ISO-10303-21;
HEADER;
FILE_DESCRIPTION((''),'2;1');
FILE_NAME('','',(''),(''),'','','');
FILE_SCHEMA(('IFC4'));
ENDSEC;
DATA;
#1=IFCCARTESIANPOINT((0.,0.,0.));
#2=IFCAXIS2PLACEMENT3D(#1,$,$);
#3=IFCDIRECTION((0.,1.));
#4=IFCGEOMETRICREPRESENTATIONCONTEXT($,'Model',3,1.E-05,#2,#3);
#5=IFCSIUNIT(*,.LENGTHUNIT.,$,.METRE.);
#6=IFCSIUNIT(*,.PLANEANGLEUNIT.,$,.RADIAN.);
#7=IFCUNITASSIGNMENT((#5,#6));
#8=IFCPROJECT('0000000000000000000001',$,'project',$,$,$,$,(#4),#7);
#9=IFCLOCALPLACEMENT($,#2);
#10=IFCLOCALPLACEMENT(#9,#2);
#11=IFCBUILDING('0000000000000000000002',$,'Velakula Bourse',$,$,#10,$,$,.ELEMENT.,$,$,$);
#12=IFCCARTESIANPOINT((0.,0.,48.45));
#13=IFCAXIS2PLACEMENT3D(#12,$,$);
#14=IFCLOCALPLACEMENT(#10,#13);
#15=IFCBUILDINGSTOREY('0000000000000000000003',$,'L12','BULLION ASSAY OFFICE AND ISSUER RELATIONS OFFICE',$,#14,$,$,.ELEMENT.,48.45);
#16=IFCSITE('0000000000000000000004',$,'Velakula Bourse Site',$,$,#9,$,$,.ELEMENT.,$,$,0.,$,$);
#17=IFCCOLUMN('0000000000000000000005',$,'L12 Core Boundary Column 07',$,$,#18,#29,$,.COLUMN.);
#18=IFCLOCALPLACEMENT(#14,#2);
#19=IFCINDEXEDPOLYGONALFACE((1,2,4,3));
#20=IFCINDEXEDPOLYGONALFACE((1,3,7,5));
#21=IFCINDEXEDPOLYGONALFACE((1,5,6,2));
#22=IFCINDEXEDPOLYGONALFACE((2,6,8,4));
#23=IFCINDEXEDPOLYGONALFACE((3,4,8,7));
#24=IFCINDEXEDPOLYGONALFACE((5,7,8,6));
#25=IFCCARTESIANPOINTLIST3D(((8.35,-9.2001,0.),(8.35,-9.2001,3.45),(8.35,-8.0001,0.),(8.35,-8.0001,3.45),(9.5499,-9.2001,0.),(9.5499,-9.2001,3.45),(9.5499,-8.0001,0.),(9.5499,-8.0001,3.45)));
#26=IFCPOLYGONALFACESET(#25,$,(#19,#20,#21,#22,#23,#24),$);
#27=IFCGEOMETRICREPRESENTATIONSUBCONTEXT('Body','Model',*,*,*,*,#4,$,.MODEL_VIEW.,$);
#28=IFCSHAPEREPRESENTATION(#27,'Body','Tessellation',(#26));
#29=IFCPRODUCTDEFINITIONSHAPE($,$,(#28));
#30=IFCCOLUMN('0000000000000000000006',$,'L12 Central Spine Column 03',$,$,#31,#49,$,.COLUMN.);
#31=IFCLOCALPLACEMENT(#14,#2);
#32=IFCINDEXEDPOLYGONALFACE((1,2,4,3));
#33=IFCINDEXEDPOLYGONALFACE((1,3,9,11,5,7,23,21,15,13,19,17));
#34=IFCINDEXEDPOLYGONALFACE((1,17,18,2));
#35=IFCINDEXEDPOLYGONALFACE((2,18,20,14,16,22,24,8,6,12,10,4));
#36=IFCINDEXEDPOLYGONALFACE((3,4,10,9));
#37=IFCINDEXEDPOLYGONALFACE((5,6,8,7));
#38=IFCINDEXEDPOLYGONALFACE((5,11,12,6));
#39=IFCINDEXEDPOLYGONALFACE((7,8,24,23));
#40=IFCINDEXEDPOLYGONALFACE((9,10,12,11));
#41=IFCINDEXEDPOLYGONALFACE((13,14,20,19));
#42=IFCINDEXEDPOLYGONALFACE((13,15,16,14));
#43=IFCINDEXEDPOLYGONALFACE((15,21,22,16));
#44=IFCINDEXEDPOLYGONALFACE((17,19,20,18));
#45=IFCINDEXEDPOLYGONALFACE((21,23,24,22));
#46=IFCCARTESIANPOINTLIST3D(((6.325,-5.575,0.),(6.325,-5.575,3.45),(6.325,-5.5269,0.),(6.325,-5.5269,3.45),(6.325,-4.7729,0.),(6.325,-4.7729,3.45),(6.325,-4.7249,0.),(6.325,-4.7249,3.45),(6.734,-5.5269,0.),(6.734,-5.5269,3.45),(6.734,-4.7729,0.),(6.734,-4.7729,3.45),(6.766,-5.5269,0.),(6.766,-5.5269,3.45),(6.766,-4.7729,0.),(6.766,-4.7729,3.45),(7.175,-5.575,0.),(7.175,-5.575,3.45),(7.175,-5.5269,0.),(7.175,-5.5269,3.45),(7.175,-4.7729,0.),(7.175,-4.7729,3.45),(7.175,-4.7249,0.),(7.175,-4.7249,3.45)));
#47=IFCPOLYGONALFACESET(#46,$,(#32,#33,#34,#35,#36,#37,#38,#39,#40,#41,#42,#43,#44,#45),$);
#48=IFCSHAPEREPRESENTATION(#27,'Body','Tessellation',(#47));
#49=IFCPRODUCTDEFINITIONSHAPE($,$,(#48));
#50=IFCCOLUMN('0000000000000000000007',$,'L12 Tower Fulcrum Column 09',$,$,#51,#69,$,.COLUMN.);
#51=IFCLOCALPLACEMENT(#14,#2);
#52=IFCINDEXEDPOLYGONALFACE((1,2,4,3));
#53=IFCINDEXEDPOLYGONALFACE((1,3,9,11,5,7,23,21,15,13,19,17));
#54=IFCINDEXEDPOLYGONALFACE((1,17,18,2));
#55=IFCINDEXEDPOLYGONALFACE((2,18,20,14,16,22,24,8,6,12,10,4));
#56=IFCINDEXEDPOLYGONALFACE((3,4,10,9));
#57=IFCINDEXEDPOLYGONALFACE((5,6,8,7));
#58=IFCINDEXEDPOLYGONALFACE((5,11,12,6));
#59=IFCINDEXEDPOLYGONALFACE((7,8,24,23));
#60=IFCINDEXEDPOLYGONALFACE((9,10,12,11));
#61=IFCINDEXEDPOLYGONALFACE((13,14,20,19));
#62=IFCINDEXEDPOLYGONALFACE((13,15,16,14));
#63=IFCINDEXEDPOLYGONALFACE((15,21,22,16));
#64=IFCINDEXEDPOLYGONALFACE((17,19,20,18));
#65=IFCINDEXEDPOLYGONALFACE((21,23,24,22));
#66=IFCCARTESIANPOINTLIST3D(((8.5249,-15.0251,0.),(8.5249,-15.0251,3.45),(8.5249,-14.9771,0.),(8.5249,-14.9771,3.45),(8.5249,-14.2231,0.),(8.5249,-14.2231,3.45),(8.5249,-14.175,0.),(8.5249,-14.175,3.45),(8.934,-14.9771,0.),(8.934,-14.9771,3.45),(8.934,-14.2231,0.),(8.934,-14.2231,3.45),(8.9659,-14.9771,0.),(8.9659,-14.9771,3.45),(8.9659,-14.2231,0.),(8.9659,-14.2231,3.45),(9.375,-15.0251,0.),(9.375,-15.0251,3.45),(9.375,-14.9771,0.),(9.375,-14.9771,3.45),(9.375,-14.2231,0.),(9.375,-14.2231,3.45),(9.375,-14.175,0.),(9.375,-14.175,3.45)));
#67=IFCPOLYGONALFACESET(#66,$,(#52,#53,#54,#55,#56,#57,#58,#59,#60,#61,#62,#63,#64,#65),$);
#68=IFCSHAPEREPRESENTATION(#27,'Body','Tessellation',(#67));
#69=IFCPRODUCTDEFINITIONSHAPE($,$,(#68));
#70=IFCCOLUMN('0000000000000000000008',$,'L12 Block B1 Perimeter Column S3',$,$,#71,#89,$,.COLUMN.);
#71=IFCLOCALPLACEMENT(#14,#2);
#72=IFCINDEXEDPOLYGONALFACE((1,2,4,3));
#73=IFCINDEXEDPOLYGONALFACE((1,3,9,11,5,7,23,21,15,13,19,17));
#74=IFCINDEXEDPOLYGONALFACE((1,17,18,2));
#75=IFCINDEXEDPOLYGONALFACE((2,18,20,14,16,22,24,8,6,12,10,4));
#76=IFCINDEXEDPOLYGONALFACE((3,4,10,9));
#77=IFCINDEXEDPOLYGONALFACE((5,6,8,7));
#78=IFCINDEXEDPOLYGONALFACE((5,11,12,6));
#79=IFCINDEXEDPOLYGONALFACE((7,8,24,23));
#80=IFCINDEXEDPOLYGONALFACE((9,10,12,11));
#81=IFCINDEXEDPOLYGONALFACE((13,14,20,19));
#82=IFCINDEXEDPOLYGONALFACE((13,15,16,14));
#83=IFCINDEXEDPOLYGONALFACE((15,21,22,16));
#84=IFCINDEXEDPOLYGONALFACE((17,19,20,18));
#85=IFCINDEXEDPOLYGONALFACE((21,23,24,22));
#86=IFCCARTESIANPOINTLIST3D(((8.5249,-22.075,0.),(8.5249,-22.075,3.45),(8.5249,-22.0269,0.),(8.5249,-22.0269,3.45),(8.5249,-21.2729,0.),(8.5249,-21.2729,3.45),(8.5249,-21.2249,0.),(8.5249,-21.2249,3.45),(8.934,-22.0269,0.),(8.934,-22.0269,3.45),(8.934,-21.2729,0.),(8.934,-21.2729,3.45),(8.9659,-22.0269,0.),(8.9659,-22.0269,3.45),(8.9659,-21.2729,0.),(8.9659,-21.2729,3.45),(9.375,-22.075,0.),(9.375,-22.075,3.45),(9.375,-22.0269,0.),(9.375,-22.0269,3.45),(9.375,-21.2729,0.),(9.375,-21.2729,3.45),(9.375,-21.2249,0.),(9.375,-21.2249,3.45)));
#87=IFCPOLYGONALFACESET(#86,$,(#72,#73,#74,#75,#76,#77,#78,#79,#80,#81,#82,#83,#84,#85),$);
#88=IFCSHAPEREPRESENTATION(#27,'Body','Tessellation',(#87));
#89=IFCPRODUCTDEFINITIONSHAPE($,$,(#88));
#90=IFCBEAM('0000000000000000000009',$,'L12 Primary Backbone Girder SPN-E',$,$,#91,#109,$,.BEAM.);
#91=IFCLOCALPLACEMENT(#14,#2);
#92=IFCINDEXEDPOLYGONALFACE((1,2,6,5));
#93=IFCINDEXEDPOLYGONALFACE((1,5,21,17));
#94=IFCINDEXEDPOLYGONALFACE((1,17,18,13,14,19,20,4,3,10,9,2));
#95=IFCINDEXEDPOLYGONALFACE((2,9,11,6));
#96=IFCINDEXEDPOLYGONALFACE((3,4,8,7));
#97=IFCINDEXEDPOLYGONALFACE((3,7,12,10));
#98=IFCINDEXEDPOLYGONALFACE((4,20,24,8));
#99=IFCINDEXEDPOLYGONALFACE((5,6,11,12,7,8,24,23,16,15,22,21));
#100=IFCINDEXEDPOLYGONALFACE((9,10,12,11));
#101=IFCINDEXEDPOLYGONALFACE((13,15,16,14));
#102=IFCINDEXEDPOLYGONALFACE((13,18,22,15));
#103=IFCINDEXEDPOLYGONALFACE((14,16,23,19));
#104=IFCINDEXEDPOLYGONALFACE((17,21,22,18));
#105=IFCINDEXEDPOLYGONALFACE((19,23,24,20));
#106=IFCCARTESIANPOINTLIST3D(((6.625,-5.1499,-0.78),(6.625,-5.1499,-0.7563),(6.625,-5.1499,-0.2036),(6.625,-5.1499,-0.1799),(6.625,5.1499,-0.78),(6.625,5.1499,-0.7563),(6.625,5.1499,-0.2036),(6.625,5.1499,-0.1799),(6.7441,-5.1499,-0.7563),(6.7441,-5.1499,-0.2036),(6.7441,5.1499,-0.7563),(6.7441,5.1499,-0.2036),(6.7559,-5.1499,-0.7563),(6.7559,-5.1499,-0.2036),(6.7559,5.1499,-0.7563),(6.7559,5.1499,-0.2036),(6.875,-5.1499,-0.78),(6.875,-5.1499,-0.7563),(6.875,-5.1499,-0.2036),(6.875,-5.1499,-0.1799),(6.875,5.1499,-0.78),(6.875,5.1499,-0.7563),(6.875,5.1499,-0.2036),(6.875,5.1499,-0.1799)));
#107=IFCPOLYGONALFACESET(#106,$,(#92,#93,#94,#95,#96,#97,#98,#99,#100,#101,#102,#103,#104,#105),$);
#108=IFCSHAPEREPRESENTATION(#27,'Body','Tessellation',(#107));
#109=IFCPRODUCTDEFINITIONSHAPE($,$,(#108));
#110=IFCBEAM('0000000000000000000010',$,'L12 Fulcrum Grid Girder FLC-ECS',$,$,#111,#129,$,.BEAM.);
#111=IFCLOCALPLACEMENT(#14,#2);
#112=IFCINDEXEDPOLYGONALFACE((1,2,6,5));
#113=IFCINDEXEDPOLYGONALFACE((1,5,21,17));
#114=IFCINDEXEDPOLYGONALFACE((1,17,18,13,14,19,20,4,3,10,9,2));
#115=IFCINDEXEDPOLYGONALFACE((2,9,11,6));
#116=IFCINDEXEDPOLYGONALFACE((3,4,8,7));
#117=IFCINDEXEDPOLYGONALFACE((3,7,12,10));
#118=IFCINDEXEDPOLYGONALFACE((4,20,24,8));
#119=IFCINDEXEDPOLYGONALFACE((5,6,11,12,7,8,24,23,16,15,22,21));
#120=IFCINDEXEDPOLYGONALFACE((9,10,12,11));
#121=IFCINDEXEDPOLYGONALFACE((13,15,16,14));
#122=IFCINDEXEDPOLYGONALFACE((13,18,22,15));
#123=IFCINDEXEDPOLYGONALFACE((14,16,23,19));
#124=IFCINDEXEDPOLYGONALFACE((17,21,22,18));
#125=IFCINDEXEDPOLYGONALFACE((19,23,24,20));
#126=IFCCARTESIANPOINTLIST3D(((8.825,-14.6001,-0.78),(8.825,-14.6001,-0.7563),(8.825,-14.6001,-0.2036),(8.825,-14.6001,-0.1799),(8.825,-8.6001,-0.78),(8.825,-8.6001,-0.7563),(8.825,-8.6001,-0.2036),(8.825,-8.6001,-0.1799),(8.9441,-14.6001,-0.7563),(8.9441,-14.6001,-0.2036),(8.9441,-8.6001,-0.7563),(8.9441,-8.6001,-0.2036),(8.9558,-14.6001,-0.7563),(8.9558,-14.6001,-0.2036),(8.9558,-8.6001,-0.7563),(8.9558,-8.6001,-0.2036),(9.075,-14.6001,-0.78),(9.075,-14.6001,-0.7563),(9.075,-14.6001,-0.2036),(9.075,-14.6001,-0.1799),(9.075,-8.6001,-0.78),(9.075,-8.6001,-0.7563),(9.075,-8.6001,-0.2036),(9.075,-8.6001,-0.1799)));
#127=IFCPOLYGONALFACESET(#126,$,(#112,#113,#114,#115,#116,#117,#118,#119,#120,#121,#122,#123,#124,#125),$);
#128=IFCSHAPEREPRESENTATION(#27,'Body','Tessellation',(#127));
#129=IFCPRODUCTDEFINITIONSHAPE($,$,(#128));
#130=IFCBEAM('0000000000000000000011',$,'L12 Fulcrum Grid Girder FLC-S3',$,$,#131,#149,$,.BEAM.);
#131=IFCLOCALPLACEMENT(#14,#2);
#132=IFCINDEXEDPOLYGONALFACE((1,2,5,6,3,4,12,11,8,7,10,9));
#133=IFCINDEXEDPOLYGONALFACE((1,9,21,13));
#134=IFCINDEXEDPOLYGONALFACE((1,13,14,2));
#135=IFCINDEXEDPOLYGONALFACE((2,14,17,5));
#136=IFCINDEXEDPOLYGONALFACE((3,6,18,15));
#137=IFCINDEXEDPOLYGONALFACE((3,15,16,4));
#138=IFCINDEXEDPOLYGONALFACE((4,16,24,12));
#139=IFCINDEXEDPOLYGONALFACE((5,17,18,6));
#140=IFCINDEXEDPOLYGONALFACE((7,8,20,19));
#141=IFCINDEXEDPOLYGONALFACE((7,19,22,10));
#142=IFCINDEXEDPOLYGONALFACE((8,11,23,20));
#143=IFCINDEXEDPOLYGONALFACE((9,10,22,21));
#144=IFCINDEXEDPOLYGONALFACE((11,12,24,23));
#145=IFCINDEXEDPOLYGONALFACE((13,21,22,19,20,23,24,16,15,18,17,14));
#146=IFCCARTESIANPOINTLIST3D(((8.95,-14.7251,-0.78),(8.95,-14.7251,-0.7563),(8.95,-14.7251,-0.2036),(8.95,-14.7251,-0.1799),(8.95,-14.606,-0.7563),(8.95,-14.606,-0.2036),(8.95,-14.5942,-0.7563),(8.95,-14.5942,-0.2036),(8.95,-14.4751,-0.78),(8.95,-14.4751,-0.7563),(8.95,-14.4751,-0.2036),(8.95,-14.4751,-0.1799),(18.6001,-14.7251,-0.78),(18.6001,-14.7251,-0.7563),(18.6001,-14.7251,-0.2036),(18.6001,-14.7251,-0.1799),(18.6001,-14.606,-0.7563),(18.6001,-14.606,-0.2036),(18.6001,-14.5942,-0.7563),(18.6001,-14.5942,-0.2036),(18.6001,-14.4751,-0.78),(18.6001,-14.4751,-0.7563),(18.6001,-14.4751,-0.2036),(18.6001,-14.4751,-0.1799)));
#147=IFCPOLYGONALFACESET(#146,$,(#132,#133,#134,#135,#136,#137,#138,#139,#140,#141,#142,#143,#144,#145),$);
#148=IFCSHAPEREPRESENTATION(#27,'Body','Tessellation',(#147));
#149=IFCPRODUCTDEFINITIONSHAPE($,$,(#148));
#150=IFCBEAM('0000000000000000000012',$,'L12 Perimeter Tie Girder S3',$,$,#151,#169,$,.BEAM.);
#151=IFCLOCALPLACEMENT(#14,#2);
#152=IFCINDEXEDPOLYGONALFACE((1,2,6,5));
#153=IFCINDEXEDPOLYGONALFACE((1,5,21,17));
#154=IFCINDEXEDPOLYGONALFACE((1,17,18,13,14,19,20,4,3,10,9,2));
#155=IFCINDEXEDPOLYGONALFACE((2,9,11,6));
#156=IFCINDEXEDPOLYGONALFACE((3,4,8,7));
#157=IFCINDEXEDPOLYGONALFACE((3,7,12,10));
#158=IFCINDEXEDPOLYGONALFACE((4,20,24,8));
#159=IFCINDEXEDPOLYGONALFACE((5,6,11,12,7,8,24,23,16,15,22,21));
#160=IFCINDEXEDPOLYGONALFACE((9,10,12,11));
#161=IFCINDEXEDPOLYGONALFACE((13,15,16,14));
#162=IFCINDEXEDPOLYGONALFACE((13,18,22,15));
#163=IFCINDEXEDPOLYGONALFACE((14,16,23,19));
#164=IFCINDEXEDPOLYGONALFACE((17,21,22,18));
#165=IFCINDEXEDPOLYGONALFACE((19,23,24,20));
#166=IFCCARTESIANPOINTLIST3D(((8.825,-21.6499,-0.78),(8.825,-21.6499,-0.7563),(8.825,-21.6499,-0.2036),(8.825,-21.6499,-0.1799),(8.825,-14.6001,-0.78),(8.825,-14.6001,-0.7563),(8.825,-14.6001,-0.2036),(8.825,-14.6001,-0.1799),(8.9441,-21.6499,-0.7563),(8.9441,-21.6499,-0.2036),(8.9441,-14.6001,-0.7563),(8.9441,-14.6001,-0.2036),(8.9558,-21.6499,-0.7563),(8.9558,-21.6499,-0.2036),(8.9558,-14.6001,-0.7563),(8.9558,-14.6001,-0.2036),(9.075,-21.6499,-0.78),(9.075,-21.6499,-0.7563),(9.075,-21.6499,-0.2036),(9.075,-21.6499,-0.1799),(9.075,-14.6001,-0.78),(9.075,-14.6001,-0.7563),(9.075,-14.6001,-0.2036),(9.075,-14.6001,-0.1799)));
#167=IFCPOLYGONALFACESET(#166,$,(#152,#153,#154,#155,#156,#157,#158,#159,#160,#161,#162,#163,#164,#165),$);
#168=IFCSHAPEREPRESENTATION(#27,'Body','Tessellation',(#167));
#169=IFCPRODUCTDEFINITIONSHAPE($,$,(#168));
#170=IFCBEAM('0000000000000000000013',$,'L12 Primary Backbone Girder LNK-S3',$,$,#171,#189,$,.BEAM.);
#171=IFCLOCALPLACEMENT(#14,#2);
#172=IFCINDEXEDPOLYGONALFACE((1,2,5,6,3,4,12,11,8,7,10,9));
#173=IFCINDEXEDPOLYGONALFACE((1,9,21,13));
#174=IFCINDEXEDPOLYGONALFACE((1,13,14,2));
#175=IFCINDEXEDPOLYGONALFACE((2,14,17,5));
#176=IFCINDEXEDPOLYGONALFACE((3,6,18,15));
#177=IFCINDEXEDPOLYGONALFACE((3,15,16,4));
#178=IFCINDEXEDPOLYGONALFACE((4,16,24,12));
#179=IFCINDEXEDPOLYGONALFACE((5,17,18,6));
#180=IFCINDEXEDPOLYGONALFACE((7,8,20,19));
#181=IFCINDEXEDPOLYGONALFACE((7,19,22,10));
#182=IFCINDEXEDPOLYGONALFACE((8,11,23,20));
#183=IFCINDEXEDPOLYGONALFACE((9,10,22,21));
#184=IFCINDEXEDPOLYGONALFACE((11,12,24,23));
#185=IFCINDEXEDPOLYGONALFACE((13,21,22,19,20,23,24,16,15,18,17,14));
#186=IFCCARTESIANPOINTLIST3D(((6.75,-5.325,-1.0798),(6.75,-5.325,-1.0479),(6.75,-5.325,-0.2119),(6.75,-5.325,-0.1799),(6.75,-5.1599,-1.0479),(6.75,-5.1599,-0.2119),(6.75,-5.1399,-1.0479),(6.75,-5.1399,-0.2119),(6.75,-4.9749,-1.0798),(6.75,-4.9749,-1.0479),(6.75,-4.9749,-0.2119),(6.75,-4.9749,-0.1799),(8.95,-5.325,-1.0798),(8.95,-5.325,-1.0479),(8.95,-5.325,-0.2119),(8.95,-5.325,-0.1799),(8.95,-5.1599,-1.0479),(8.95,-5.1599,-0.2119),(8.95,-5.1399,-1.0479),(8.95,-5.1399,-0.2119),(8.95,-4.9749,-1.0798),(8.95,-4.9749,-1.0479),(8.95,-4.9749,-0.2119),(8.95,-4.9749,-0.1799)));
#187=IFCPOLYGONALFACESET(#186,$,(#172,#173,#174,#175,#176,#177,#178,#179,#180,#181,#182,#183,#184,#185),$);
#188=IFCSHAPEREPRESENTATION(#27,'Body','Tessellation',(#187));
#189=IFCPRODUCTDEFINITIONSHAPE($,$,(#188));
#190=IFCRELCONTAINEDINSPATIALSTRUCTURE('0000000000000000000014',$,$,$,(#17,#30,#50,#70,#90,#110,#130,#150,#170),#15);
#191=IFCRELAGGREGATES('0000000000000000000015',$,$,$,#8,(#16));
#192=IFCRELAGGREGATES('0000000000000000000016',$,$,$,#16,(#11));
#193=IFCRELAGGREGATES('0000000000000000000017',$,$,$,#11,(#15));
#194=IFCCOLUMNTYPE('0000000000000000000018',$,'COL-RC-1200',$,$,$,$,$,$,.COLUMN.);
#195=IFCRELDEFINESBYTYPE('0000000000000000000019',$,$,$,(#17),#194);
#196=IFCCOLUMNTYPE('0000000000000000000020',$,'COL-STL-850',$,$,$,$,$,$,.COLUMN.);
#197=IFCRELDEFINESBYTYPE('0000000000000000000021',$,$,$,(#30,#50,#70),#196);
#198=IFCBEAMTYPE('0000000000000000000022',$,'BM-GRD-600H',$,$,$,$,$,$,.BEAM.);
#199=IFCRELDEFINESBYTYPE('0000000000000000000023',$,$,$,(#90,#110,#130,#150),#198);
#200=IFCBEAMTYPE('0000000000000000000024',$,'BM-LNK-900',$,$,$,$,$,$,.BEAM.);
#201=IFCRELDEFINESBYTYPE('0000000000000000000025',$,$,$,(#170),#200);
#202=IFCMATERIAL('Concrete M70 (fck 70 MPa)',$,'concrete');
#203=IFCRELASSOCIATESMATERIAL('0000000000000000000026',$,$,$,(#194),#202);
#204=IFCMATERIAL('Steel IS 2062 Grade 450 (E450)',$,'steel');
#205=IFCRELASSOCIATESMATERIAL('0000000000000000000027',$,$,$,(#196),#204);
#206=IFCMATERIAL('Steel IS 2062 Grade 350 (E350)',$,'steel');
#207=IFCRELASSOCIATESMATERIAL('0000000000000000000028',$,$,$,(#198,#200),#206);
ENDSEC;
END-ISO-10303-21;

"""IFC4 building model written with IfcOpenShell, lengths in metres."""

from ifc_helpers import new_model, si_unit, direction, frame, origin, origin_2d, place, context, subcontext, project, spatial, rectangle, i_section, extrude, material, material_profile, profile_set, type_object, element, save


model = new_model("IFC4")

# Units and contexts
model_context = context("Model", 3, precision=1e-05, world=origin(), true_north=direction((0.0, 1.0)))
body_context = subcontext(model_context, "Body", "Model", "MODEL_VIEW")
ifc_project = project(units=[si_unit("LENGTHUNIT", "METRE"), si_unit("PLANEANGLEUNIT", "RADIAN")], contexts=[model_context])

# Site, building, storey
site_placement = place(None, origin())
site = spatial("IfcSite", under=ifc_project, at=site_placement, Name="Velakula Bourse Site", CompositionType="ELEMENT", RefElevation=0.0)
building_placement = place(site_placement, origin())
building = spatial("IfcBuilding", under=site, at=building_placement, Name="Velakula Bourse", CompositionType="ELEMENT")
storey_placement = place(building_placement, frame((0.0, 0.0, 48.45)))
storey = spatial("IfcBuildingStorey", under=building, at=storey_placement, Name="L12", Description="BULLION ASSAY OFFICE AND ISSUER RELATIONS OFFICE", CompositionType="ELEMENT", Elevation=48.45)

# Columns
ifc_material_1 = material(Name="Concrete M70 (fck 70 MPa)", Category="concrete")
ifc_material_profile_1 = material_profile(ifc_material_1, rectangle(XDim=1.2, YDim=1.2, at=origin_2d()), Name="Concrete M70 (fck 70 MPa)")
ifc_profile_set_1 = profile_set([ifc_material_profile_1], Name="Concrete M70 (fck 70 MPa)")
column_type_1 = type_object("IfcColumnType", Name="COL-RC-1200", PredefinedType="COLUMN", material=ifc_profile_set_1)
column_placement = place(storey_placement, frame((8.95, -8.6001, 0.0), z_axis=(0.0, 0.0, 1.0), x_axis=(1.0, 0.0, 0.0)))
element("IfcColumn", 1, at=column_placement, inside=storey, type_object=column_type_1, Name="L12 Core Boundary Column 07", PredefinedType="COLUMN", context=body_context, shape_type="SweptSolid", body=[
    extrude(rectangle(XDim=1.2, YDim=1.2, at=origin_2d()), origin(), (0.0, 0.0, 1.0), 3.45),
])
ifc_material_2 = material(Name="Steel IS 2062 Grade 450 (E450)", Category="steel")
ifc_material_profile_2 = material_profile(ifc_material_2, i_section(OverallWidth=0.8501, OverallDepth=0.8501, WebThickness=0.032, FlangeThickness=0.0481, at=origin_2d()), Name="Steel IS 2062 Grade 450 (E450)")
ifc_profile_set_2 = profile_set([ifc_material_profile_2], Name="Steel IS 2062 Grade 450 (E450)")
column_type_2 = type_object("IfcColumnType", Name="COL-STL-850", PredefinedType="COLUMN", material=ifc_profile_set_2)
for number, where, z_axis, x_axis, name in (
    (2, (6.75, -5.1499, 0.0), (0.0, 0.0, 1.0), (1.0, 0.0, 0.0), "L12 Central Spine Column 03"),
    (3, (8.95, -14.6001, 0.0), (0.0, 0.0, 1.0), (1.0, 0.0, 0.0), "L12 Tower Fulcrum Column 09"),
    (4, (8.95, -21.6499, 0.0), (0.0, 0.0, 1.0), (1.0, 0.0, 0.0), "L12 Block B1 Perimeter Column S3"),
):
    element("IfcColumn", number, at=place(storey_placement, frame(where, z_axis=z_axis, x_axis=x_axis)), inside=storey, type_object=column_type_2, Name=name, PredefinedType="COLUMN", context=body_context, shape_type="SweptSolid", body=[
        extrude(i_section(OverallWidth=0.8501, OverallDepth=0.8501, WebThickness=0.032, FlangeThickness=0.0481, at=origin_2d()), origin(), (0.0, 0.0, 1.0), 3.45),
    ])

# Beams
ifc_material_3 = material(Name="Steel IS 2062 Grade 350 (E350)", Category="steel")
ifc_material_profile_3 = material_profile(ifc_material_3, i_section(OverallWidth=0.25, OverallDepth=0.6001, WebThickness=0.0117, FlangeThickness=0.0237, at=origin_2d()), Name="Steel IS 2062 Grade 350 (E350)")
ifc_profile_set_3 = profile_set([ifc_material_profile_3], Name="Steel IS 2062 Grade 350 (E350)")
beam_type_1 = type_object("IfcBeamType", Name="BM-GRD-600H", PredefinedType="BEAM", material=ifc_profile_set_3)
beam_1_placement = place(storey_placement, frame((6.75, -5.1499, -0.48), z_axis=(0.0, 1.0, 0.0), x_axis=(-1.0, 0.0, 0.0)))
element("IfcBeam", 5, at=beam_1_placement, inside=storey, type_object=beam_type_1, Name="L12 Primary Backbone Girder SPN-E", PredefinedType="BEAM", context=body_context, shape_type="SweptSolid", body=[
    extrude(i_section(OverallWidth=0.25, OverallDepth=0.6001, WebThickness=0.0117, FlangeThickness=0.0237, at=origin_2d()), origin(), (0.0, 0.0, 1.0), 10.2998),
])
beam_2_placement = place(storey_placement, frame((8.95, -14.6001, -0.48), z_axis=(0.0, 1.0, 0.0), x_axis=(-1.0, 0.0, 0.0)))
element("IfcBeam", 6, at=beam_2_placement, inside=storey, type_object=beam_type_1, Name="L12 Fulcrum Grid Girder FLC-ECS", PredefinedType="BEAM", context=body_context, shape_type="SweptSolid", body=[
    extrude(i_section(OverallWidth=0.25, OverallDepth=0.6001, WebThickness=0.0117, FlangeThickness=0.0237, at=origin_2d()), origin(), (0.0, 0.0, 1.0), 6.0),
])
beam_3_placement = place(storey_placement, frame((8.95, -14.6001, -0.48), z_axis=(1.0, 0.0, 0.0), x_axis=(0.0, 1.0, 0.0)))
element("IfcBeam", 7, at=beam_3_placement, inside=storey, type_object=beam_type_1, Name="L12 Fulcrum Grid Girder FLC-S3", PredefinedType="BEAM", context=body_context, shape_type="SweptSolid", body=[
    extrude(i_section(OverallWidth=0.25, OverallDepth=0.6001, WebThickness=0.0117, FlangeThickness=0.0237, at=origin_2d()), origin(), (0.0, 0.0, 1.0), 9.6501),
])
beam_4_placement = place(storey_placement, frame((8.95, -14.6001, -0.48), z_axis=(0.0, -1.0, 0.0), x_axis=(1.0, 0.0, 0.0)))
element("IfcBeam", 8, at=beam_4_placement, inside=storey, type_object=beam_type_1, Name="L12 Perimeter Tie Girder S3", PredefinedType="BEAM", context=body_context, shape_type="SweptSolid", body=[
    extrude(i_section(OverallWidth=0.25, OverallDepth=0.6001, WebThickness=0.0117, FlangeThickness=0.0237, at=origin_2d()), origin(), (0.0, 0.0, 1.0), 7.0498),
])
ifc_material_profile_4 = material_profile(ifc_material_3, i_section(OverallWidth=0.3501, OverallDepth=0.8999, WebThickness=0.02, FlangeThickness=0.032, at=origin_2d()), Name="Steel IS 2062 Grade 350 (E350)")
ifc_profile_set_4 = profile_set([ifc_material_profile_4], Name="Steel IS 2062 Grade 350 (E350)")
beam_type_2 = type_object("IfcBeamType", Name="BM-LNK-900", PredefinedType="BEAM", material=ifc_profile_set_4)
beam_5_placement = place(storey_placement, frame((6.75, -5.1499, -0.6299), z_axis=(1.0, 0.0, 0.0), x_axis=(0.0, 1.0, 0.0)))
element("IfcBeam", 9, at=beam_5_placement, inside=storey, type_object=beam_type_2, Name="L12 Primary Backbone Girder LNK-S3", PredefinedType="BEAM", context=body_context, shape_type="SweptSolid", body=[
    extrude(i_section(OverallWidth=0.3501, OverallDepth=0.8999, WebThickness=0.02, FlangeThickness=0.032, at=origin_2d()), origin(), (0.0, 0.0, 1.0), 2.2),
])

save(model, "model.ifc")
